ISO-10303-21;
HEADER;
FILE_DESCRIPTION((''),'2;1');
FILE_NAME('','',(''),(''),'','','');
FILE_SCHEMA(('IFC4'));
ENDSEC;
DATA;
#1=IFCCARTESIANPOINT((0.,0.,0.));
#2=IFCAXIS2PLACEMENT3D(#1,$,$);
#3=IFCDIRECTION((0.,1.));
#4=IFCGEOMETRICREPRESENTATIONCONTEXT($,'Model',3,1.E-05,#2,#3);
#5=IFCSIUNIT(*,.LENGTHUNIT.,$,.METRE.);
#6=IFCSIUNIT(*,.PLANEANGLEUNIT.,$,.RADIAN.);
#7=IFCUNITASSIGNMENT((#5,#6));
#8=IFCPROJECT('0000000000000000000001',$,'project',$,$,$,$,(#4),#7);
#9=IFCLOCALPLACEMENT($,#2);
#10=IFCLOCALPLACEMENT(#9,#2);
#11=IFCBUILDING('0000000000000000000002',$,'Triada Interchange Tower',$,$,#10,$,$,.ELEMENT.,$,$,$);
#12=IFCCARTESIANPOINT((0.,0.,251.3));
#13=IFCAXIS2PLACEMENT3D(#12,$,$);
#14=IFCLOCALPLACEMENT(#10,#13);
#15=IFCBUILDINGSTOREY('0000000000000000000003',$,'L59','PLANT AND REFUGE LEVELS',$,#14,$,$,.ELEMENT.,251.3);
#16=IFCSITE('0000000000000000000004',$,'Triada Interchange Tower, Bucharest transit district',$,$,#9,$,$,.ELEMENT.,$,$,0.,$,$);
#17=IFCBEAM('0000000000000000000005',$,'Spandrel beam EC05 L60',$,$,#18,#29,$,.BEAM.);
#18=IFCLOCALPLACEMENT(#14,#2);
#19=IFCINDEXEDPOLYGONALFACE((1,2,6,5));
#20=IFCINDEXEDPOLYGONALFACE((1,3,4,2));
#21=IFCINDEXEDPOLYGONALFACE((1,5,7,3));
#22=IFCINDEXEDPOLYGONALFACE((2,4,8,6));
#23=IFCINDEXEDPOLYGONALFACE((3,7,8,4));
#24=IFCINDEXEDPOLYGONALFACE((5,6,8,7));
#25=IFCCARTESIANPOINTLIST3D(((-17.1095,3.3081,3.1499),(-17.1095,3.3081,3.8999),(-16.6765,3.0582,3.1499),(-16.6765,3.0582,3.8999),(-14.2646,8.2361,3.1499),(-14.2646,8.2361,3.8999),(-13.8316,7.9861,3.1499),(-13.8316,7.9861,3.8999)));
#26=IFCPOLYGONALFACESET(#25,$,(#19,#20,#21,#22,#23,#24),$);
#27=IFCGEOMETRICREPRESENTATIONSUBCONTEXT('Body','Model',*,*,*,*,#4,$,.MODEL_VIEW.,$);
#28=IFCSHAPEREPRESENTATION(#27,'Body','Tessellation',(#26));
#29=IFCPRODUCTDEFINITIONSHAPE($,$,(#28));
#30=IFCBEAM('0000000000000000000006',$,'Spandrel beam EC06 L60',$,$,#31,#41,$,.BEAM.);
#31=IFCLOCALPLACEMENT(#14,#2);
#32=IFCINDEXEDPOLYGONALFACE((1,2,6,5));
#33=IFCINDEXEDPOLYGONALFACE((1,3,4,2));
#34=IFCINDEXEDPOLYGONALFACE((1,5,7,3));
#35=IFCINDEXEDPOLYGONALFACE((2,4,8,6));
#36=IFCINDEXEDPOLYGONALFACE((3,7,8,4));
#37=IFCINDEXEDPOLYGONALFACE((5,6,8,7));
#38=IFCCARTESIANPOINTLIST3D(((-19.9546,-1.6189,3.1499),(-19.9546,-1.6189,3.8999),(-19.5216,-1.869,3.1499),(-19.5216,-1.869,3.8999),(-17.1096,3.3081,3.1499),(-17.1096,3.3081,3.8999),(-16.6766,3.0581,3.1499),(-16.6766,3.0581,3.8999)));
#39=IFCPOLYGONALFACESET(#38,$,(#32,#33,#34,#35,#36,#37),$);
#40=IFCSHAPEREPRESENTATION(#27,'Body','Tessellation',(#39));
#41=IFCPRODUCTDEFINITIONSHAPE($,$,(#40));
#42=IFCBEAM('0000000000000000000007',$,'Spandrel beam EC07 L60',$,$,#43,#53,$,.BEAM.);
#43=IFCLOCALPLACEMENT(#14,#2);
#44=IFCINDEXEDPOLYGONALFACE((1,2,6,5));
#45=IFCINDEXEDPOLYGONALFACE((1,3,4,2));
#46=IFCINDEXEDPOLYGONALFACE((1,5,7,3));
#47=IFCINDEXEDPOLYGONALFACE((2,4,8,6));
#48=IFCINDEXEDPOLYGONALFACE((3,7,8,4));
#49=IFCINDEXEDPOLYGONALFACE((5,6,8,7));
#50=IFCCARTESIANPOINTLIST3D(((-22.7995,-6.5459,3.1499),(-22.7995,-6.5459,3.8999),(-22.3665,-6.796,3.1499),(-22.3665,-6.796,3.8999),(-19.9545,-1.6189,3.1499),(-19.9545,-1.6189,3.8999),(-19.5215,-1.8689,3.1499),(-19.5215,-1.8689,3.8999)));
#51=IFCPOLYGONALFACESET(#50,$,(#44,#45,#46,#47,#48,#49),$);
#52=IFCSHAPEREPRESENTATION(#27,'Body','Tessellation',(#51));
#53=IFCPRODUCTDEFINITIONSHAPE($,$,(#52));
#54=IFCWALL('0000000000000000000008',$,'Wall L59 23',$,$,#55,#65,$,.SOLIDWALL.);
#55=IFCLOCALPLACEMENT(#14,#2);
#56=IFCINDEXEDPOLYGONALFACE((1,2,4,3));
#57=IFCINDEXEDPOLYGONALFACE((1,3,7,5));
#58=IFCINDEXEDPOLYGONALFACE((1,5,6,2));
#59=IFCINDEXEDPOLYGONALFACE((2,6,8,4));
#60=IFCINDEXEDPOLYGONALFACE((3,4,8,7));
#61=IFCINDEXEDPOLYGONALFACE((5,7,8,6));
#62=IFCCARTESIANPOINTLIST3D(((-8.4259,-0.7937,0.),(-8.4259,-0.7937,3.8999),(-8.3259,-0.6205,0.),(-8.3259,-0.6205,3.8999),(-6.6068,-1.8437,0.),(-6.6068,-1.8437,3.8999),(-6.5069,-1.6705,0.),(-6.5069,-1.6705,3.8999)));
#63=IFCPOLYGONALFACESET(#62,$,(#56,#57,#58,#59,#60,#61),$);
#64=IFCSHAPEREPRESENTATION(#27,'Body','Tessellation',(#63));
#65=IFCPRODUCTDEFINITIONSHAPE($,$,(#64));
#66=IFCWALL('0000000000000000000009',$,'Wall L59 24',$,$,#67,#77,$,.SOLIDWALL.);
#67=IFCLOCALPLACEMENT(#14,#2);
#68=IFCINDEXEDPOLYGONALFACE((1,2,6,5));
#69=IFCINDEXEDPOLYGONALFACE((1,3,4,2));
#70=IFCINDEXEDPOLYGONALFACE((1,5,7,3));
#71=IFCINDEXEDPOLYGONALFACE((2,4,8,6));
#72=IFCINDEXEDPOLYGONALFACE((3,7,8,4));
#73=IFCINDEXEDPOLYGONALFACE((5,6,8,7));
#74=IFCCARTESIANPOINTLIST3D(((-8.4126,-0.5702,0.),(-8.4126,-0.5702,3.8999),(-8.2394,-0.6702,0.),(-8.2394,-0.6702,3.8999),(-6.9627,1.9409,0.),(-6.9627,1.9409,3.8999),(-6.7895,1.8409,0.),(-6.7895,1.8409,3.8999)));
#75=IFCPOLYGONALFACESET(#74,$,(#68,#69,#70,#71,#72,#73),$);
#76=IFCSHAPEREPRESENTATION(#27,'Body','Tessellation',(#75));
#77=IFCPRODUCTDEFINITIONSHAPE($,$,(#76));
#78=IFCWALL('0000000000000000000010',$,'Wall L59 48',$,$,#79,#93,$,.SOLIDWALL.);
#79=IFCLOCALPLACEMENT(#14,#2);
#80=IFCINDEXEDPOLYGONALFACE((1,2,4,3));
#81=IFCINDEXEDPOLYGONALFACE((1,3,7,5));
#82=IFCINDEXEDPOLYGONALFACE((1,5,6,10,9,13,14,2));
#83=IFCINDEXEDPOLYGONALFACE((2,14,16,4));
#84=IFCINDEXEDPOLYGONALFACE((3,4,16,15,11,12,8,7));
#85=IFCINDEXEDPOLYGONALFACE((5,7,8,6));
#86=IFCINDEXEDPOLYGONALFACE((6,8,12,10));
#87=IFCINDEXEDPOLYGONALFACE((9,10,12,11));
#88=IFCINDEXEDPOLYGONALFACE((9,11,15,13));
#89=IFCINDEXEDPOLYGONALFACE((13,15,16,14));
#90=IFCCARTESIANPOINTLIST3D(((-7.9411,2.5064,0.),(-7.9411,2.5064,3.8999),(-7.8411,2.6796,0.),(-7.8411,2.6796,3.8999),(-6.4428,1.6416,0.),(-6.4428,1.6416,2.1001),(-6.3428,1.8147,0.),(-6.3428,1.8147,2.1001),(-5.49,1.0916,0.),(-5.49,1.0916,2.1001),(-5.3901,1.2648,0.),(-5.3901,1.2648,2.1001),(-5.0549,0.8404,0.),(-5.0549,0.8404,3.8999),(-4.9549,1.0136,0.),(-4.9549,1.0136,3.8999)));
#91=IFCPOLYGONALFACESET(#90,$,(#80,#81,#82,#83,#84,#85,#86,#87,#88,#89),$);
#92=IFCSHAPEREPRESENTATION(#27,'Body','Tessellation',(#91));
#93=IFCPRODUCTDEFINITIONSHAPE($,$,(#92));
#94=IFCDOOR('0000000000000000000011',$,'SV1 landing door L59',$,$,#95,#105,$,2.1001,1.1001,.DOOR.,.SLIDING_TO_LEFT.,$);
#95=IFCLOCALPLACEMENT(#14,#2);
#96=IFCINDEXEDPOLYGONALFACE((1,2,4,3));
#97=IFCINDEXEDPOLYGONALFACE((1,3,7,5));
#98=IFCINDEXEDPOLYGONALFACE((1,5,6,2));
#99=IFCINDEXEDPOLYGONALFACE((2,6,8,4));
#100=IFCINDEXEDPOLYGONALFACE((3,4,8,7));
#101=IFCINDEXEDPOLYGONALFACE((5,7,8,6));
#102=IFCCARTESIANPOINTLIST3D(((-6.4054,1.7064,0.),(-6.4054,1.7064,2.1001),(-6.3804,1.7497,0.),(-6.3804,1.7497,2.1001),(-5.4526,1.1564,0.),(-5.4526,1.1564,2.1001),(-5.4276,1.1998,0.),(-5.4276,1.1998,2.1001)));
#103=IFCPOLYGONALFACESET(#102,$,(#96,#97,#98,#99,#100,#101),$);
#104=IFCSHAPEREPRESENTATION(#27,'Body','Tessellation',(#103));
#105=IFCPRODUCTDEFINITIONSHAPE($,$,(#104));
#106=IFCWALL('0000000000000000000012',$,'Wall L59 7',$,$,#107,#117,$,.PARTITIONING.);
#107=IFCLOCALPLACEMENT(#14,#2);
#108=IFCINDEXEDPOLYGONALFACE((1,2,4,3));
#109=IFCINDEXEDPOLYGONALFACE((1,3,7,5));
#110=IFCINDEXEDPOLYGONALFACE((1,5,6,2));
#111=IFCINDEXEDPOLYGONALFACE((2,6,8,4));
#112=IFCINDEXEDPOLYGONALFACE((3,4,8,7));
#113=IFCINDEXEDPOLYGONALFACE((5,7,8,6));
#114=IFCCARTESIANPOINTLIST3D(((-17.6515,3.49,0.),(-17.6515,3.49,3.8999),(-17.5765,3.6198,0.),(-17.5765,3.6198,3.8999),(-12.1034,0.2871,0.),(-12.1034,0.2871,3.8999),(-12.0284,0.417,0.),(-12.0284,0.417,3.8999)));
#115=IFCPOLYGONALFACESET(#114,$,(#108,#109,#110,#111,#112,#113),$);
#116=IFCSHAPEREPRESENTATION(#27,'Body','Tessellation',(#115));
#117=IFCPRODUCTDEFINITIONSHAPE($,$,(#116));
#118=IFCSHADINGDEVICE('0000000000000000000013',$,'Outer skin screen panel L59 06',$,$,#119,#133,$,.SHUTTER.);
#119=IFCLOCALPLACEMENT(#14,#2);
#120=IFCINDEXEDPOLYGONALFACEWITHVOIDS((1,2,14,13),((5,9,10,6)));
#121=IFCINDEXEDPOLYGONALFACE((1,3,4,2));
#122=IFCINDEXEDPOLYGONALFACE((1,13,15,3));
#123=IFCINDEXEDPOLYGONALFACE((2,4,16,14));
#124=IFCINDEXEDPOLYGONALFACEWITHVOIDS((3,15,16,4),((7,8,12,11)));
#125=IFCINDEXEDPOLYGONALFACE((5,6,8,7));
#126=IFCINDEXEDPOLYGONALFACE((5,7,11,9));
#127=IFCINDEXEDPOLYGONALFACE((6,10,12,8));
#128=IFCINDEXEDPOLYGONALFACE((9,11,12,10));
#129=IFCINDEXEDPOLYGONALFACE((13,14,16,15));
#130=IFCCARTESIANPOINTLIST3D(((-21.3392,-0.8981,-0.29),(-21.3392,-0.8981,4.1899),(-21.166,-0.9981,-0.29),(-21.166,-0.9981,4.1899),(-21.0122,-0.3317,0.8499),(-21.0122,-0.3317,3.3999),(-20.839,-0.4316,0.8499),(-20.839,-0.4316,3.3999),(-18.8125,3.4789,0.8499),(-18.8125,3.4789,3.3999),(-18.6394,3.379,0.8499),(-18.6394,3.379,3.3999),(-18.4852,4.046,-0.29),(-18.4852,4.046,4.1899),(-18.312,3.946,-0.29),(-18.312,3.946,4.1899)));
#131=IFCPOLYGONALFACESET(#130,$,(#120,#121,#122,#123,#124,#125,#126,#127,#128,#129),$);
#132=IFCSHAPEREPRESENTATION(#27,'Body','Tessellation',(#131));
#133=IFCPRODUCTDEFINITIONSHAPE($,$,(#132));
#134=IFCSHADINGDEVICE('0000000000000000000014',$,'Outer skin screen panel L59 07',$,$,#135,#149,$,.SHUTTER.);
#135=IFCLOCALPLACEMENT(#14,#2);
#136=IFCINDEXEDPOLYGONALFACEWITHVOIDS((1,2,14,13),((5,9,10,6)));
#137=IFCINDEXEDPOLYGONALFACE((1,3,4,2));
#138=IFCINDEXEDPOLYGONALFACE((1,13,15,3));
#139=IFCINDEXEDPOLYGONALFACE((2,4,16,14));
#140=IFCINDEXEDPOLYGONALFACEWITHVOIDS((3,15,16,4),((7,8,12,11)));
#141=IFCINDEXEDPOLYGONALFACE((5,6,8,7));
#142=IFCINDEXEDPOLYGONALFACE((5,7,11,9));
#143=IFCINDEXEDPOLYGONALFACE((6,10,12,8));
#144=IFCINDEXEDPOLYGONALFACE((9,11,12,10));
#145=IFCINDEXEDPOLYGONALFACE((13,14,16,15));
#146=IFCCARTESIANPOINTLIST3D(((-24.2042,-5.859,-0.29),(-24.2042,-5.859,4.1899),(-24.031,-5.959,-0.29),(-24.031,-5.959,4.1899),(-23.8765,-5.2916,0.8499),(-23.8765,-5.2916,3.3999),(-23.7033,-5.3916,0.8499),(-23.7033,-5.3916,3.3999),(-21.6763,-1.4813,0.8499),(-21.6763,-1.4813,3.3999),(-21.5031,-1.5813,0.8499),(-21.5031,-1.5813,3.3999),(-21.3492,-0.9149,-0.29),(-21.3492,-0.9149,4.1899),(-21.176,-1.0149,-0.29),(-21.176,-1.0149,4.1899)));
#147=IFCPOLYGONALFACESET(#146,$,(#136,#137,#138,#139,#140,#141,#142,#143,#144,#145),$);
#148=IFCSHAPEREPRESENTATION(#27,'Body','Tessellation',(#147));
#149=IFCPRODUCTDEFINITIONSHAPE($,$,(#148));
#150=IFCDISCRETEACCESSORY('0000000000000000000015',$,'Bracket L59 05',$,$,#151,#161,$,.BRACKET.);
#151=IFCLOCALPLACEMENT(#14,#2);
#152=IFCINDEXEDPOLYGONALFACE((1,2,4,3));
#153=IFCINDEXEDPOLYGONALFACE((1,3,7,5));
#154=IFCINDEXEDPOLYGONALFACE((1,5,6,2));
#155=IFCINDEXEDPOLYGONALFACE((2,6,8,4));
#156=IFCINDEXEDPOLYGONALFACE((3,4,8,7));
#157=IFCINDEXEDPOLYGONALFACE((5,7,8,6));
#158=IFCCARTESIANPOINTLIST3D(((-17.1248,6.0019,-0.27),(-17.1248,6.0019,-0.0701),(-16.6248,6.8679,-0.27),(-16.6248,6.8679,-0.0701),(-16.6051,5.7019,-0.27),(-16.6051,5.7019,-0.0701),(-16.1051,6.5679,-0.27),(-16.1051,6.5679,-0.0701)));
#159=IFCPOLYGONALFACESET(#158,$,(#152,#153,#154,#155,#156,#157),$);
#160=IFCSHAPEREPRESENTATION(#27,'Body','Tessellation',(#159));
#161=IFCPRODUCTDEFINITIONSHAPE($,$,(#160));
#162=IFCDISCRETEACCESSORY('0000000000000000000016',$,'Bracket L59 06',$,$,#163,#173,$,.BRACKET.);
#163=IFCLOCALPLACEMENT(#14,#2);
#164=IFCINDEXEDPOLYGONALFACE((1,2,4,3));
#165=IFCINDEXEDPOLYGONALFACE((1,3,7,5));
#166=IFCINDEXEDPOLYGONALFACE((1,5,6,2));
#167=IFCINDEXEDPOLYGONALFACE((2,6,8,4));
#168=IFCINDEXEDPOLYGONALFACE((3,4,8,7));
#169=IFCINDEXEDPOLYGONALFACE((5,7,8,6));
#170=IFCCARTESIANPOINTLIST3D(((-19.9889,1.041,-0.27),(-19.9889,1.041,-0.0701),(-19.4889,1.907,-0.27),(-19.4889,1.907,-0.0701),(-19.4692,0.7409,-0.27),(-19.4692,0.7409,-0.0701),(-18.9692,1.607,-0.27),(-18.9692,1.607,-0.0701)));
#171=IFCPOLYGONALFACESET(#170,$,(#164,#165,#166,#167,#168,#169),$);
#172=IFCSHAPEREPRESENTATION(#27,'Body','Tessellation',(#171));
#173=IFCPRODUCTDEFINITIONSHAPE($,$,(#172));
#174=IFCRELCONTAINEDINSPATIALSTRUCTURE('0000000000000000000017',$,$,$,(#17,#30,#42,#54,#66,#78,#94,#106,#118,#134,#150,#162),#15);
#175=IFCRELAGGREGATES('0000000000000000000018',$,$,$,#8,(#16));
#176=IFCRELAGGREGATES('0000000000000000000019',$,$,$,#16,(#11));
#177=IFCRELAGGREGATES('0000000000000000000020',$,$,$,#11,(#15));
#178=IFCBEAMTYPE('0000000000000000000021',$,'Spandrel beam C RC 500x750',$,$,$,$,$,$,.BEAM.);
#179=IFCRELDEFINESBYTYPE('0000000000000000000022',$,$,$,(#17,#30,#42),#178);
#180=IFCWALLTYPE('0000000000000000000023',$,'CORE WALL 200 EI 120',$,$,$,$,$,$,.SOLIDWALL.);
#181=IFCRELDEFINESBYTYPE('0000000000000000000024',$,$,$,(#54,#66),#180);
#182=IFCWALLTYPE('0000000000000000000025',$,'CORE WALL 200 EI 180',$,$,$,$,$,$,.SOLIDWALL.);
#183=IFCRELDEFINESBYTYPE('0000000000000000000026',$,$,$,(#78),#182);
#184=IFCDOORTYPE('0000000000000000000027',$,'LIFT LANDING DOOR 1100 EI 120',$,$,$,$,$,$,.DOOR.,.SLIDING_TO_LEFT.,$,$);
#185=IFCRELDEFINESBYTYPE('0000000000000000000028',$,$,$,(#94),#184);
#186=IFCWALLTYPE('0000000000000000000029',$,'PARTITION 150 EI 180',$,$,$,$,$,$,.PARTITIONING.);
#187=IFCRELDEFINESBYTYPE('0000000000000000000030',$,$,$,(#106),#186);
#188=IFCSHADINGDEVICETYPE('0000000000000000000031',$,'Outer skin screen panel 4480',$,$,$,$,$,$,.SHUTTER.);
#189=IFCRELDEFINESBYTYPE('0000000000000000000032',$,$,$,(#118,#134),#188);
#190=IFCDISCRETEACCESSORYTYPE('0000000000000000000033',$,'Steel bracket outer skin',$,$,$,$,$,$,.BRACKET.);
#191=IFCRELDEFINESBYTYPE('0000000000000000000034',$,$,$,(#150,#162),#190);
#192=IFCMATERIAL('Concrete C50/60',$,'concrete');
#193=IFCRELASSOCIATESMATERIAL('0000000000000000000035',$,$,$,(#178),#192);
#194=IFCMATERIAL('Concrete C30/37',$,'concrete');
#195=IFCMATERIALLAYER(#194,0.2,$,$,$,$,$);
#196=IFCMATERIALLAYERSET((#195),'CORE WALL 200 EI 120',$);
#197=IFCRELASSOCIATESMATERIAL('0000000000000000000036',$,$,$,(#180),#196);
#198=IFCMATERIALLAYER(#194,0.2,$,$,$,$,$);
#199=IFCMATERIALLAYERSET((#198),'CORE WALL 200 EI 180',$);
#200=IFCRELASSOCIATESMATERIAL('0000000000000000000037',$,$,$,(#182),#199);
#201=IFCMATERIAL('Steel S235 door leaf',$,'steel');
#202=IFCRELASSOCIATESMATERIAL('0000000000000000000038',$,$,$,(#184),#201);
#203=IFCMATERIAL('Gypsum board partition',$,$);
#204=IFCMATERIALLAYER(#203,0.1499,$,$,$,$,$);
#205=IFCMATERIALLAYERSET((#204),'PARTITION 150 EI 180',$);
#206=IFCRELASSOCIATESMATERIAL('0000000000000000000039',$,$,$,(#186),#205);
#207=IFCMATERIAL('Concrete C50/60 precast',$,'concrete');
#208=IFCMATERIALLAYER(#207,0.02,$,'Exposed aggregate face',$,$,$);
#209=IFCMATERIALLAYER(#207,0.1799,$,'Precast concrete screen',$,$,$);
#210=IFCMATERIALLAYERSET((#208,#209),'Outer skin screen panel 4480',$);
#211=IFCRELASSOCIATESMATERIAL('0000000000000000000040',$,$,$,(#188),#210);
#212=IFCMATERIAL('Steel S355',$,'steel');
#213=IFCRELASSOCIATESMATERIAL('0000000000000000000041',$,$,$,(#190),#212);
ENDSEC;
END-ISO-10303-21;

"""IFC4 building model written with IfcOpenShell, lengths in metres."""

from ifc_helpers import new_model, si_unit, direction, frame, frame_2d, origin, origin_2d, place, context, subcontext, project, spatial, polyline, rectangle, outline, extrude, material, layer, layer_set, material_profile, profile_set, type_object, element, fill, save


model = new_model("IFC4")

# Units and contexts
model_context = context("Model", 3, precision=1e-05, world=origin(), true_north=direction((0.0, 1.0)))
body_context = subcontext(model_context, "Body", "Model", "MODEL_VIEW")
ifc_project = project(units=[si_unit("LENGTHUNIT", "METRE"), si_unit("PLANEANGLEUNIT", "RADIAN")], contexts=[model_context])

# Site, building, storey
site_placement = place(None, origin())
site = spatial("IfcSite", under=ifc_project, at=site_placement, Name="Triada Interchange Tower, Bucharest transit district", CompositionType="ELEMENT", RefElevation=0.0)
building_placement = place(site_placement, origin())
building = spatial("IfcBuilding", under=site, at=building_placement, Name="Triada Interchange Tower", CompositionType="ELEMENT")
storey_placement = place(building_placement, frame((0.0, 0.0, 251.3)))
storey = spatial("IfcBuildingStorey", under=building, at=storey_placement, Name="L59", Description="PLANT AND REFUGE LEVELS", CompositionType="ELEMENT", Elevation=251.3)

# Shared definitions
ifc_material_1 = material(Name="Concrete C50/60", Category="concrete")

# Shared definitions
ifc_material_2 = material(Name="Steel S355", Category="steel")

# Beams
ifc_material_profile_1 = material_profile(ifc_material_1, rectangle(XDim=0.5, YDim=0.75, at=origin_2d()), Name="RC 500x750")
ifc_profile_set_1 = profile_set([ifc_material_profile_1], Name="Concrete C50/60")
beam_type_1 = type_object("IfcBeamType", Name="Spandrel beam C RC 500x750", PredefinedType="BEAM", material=ifc_profile_set_1)
beam_1_placement = place(storey_placement, frame((-14.0481, 8.1111, 3.5249), z_axis=(-0.499974, -0.866041, 0.0), x_axis=(0.866041, -0.499974, 0.0)))
element("IfcBeam", 1, at=beam_1_placement, inside=storey, type_object=beam_type_1, Name="Spandrel beam EC05 L60", PredefinedType="BEAM", context=body_context, shape_type="SweptSolid", body=[
    extrude(rectangle(XDim=0.5, YDim=0.75, at=origin_2d()), origin(), (0.0, 0.0, 1.0), 5.6902),
])
for number, where, z_axis, x_axis, name in (
    (2, (-16.8931, 3.1831, 3.5249), (-0.500048, -0.865998, 0.0), (0.865998, -0.500048, 0.0), "Spandrel beam EC06 L60"),
    (3, (-19.738, -1.7439, 3.5249), (-0.500048, -0.865998, 0.0), (0.865998, -0.500048, 0.0), "Spandrel beam EC07 L60"),
):
    element("IfcBeam", number, at=place(storey_placement, frame(where, z_axis=z_axis, x_axis=x_axis)), inside=storey, type_object=beam_type_1, Name=name, PredefinedType="BEAM", context=body_context, shape_type="SweptSolid", body=[
        extrude(rectangle(XDim=0.5, YDim=0.75, at=origin_2d()), origin(), (0.0, 0.0, 1.0), 5.6895),
    ])

# Walls
ifc_material_3 = material(Name="Concrete C30/37", Category="concrete")
ifc_layer_1 = layer(ifc_material_3, 0.2)
ifc_layer_set_1 = layer_set([ifc_layer_1], Name="CORE WALL 200 EI 120")
wall_type_1 = type_object("IfcWallType", Name="CORE WALL 200 EI 120", PredefinedType="SOLIDWALL", material=ifc_layer_set_1)
wall_1_placement = place(storey_placement, frame((-8.376, -0.707, 0.0), z_axis=(0.0, 0.0, 1.0), x_axis=(0.866068, -0.499927, 0.0)))
element("IfcWall", 4, at=wall_1_placement, inside=storey, type_object=wall_type_1, Name="Wall L59 23", PredefinedType="SOLIDWALL", context=body_context, shape_type="SweptSolid", body=[
    extrude(rectangle(XDim=2.1003, YDim=0.2, at=frame_2d((1.0503, 0.0))), origin(), (0.0, 0.0, 1.0), 3.8999),
])
wall_2_placement = place(storey_placement, frame((-8.3259, -0.6201, 0.0), z_axis=(0.0, 0.0, 1.0), x_axis=(0.500024, 0.866012, 0.0)))
element("IfcWall", 5, at=wall_2_placement, inside=storey, type_object=wall_type_1, Name="Wall L59 24", PredefinedType="SOLIDWALL", context=body_context, shape_type="SweptSolid", body=[
    extrude(rectangle(XDim=2.8997, YDim=0.2, at=frame_2d((1.4497, 0.0))), origin(), (0.0, 0.0, 1.0), 3.8999),
])

# Wall, opening, door
ifc_layer_2 = layer(ifc_material_3, 0.2)
ifc_layer_set_2 = layer_set([ifc_layer_2], Name="CORE WALL 200 EI 180")
wall_type_2 = type_object("IfcWallType", Name="CORE WALL 200 EI 180", PredefinedType="SOLIDWALL", material=ifc_layer_set_2)
wall_3_placement = place(storey_placement, frame((-7.8911, 2.593, 0.0), z_axis=(0.0, 0.0, 1.0), x_axis=(0.866071, -0.499921, 0.0)))
wall_3 = element("IfcWall", 6, at=wall_3_placement, inside=storey, type_object=wall_type_2, Name="Wall L59 48", PredefinedType="SOLIDWALL", context=body_context, shape_type="SweptSolid", body=[
    extrude(rectangle(XDim=3.3325, YDim=0.2, at=frame_2d((1.6663, 0.0))), origin(), (0.0, 0.0, 1.0), 3.8999),
])
opening_placement = place(wall_3_placement, frame((1.73, 0.0, 0.0)))
opening = element("IfcOpeningElement", 7, at=opening_placement, cuts=wall_3, PredefinedType="OPENING", context=body_context, shape_type="SweptSolid", body=[
    extrude(rectangle(XDim=1.1001, YDim=2.1001, at=frame_2d((0.55, 1.05))), frame((0.0, 0.1099, 0.0), z_axis=(0.0, -1.0, 0.0), x_axis=(1.0, 0.0, 0.0)), (0.0, 0.0, 1.0), 0.22),
])
ifc_material_4 = material(Name="Steel S235 door leaf", Category="steel")
door_type = type_object("IfcDoorType", Name="LIFT LANDING DOOR 1100 EI 120", OperationType="SLIDING_TO_LEFT", PredefinedType="DOOR", material=ifc_material_4)
door_placement = place(opening_placement, origin())
door = element("IfcDoor", 8, at=door_placement, inside=storey, type_object=door_type, Name="SV1 landing door L59", OperationType="SLIDING_TO_LEFT", OverallHeight=2.1001, OverallWidth=1.1001, PredefinedType="DOOR", context=body_context, shape_type="SweptSolid", body=[
    extrude(rectangle(XDim=1.1001, YDim=2.1001, at=frame_2d((0.55, 1.05))), frame((0.0, 0.0249, 0.0), z_axis=(0.0, -1.0, 0.0), x_axis=(1.0, 0.0, 0.0)), (0.0, 0.0, 1.0), 0.05),
])
fill(opening, door)

# Wall
ifc_material_5 = material(Name="Gypsum board partition")
ifc_layer_3 = layer(ifc_material_5, 0.1499)
ifc_layer_set_3 = layer_set([ifc_layer_3], Name="PARTITION 150 EI 180")
wall_type_3 = type_object("IfcWallType", Name="PARTITION 150 EI 180", PredefinedType="PARTITIONING", material=ifc_layer_set_3)
wall_4_placement = place(storey_placement, frame((-17.614, 3.5549, 0.0), z_axis=(0.0, 0.0, 1.0), x_axis=(0.866047, -0.499963, 0.0)))
element("IfcWall", 9, at=wall_4_placement, inside=storey, type_object=wall_type_3, Name="Wall L59 7", PredefinedType="PARTITIONING", context=body_context, shape_type="SweptSolid", body=[
    extrude(rectangle(XDim=6.4062, YDim=0.1499, at=frame_2d((3.2031, 0.0))), origin(), (0.0, 0.0, 1.0), 3.8999),
])

# Shading devices
ifc_material_6 = material(Name="Concrete C50/60 precast", Category="concrete")
ifc_layer_4 = layer(ifc_material_6, 0.02, Name="Exposed aggregate face")
ifc_layer_5 = layer(ifc_material_6, 0.1799, Name="Precast concrete screen")
ifc_layer_set_4 = layer_set([ifc_layer_4, ifc_layer_5], Name="Outer skin screen panel 4480")
shading_device_type = type_object("IfcShadingDeviceType", Name="Outer skin screen panel 4480", PredefinedType="SHUTTER", material=ifc_layer_set_4)
shading_device_1_placement = place(storey_placement, frame((-18.312, 3.946, -0.29), z_axis=(0.0, 0.0, 1.0), x_axis=(-0.499938, -0.866061, 0.0)))
element("IfcShadingDevice", 10, at=shading_device_1_placement, inside=storey, type_object=shading_device_type, Name="Outer skin screen panel L59 06", PredefinedType="SHUTTER", context=body_context, shape_type="SweptSolid", body=[
    extrude(outline(polyline([(0.0, 0.0), (5.7087, 0.0), (5.7087, 4.48), (0.0, 4.48), (0.0, 0.0)]), holes=[polyline([(0.6548, 1.1399), (0.6548, 3.6899), (5.0547, 3.6899), (5.0547, 1.1399), (0.6548, 1.1399)])]), frame((0.0, 0.0, 0.0), z_axis=(0.0, -1.0, 0.0), x_axis=(1.0, 0.0, 0.0)), (0.0, 0.0, 1.0), 0.2),
])
shading_device_2_placement = place(storey_placement, frame((-21.176, -1.0149, -0.29), z_axis=(0.0, 0.0, 1.0), x_axis=(-0.500067, -0.865987, 0.0)))
element("IfcShadingDevice", 11, at=shading_device_2_placement, inside=storey, type_object=shading_device_type, Name="Outer skin screen panel L59 07", PredefinedType="SHUTTER", context=body_context, shape_type="SweptSolid", body=[
    extrude(outline(polyline([(0.0, 0.0), (5.7092, 0.0), (5.7092, 4.48), (0.0, 4.48), (0.0, 0.0)]), holes=[polyline([(0.6541, 1.1399), (0.6541, 3.6899), (5.054, 3.6899), (5.054, 1.1399), (0.6541, 1.1399)])]), frame((0.0, 0.0, 0.0), z_axis=(0.0, -1.0, 0.0), x_axis=(1.0, 0.0, 0.0)), (0.0, 0.0, 1.0), 0.2),
])

# Discrete accessories
discrete_accessory_type = type_object("IfcDiscreteAccessoryType", Name="Steel bracket outer skin", PredefinedType="BRACKET", material=ifc_material_2)
for number, where, z_axis, x_axis, name in (
    (12, (-16.615, 6.2849, -0.27), (0.0, 0.0, 1.0), (-0.866024, 0.500002, 0.0), "Bracket L59 05"),
    (13, (-19.479, 1.324, -0.27), (0.0, 0.0, 1.0), (-0.866024, 0.500002, 0.0), "Bracket L59 06"),
):
    element("IfcDiscreteAccessory", number, at=place(storey_placement, frame(where, z_axis=z_axis, x_axis=x_axis)), inside=storey, type_object=discrete_accessory_type, Name=name, PredefinedType="BRACKET", context=body_context, shape_type="SweptSolid", body=[
        extrude(rectangle(XDim=0.6001, YDim=1.0, at=origin_2d()), origin(), (0.0, 0.0, 1.0), 0.2),
    ])

save(model, "model.ifc")
